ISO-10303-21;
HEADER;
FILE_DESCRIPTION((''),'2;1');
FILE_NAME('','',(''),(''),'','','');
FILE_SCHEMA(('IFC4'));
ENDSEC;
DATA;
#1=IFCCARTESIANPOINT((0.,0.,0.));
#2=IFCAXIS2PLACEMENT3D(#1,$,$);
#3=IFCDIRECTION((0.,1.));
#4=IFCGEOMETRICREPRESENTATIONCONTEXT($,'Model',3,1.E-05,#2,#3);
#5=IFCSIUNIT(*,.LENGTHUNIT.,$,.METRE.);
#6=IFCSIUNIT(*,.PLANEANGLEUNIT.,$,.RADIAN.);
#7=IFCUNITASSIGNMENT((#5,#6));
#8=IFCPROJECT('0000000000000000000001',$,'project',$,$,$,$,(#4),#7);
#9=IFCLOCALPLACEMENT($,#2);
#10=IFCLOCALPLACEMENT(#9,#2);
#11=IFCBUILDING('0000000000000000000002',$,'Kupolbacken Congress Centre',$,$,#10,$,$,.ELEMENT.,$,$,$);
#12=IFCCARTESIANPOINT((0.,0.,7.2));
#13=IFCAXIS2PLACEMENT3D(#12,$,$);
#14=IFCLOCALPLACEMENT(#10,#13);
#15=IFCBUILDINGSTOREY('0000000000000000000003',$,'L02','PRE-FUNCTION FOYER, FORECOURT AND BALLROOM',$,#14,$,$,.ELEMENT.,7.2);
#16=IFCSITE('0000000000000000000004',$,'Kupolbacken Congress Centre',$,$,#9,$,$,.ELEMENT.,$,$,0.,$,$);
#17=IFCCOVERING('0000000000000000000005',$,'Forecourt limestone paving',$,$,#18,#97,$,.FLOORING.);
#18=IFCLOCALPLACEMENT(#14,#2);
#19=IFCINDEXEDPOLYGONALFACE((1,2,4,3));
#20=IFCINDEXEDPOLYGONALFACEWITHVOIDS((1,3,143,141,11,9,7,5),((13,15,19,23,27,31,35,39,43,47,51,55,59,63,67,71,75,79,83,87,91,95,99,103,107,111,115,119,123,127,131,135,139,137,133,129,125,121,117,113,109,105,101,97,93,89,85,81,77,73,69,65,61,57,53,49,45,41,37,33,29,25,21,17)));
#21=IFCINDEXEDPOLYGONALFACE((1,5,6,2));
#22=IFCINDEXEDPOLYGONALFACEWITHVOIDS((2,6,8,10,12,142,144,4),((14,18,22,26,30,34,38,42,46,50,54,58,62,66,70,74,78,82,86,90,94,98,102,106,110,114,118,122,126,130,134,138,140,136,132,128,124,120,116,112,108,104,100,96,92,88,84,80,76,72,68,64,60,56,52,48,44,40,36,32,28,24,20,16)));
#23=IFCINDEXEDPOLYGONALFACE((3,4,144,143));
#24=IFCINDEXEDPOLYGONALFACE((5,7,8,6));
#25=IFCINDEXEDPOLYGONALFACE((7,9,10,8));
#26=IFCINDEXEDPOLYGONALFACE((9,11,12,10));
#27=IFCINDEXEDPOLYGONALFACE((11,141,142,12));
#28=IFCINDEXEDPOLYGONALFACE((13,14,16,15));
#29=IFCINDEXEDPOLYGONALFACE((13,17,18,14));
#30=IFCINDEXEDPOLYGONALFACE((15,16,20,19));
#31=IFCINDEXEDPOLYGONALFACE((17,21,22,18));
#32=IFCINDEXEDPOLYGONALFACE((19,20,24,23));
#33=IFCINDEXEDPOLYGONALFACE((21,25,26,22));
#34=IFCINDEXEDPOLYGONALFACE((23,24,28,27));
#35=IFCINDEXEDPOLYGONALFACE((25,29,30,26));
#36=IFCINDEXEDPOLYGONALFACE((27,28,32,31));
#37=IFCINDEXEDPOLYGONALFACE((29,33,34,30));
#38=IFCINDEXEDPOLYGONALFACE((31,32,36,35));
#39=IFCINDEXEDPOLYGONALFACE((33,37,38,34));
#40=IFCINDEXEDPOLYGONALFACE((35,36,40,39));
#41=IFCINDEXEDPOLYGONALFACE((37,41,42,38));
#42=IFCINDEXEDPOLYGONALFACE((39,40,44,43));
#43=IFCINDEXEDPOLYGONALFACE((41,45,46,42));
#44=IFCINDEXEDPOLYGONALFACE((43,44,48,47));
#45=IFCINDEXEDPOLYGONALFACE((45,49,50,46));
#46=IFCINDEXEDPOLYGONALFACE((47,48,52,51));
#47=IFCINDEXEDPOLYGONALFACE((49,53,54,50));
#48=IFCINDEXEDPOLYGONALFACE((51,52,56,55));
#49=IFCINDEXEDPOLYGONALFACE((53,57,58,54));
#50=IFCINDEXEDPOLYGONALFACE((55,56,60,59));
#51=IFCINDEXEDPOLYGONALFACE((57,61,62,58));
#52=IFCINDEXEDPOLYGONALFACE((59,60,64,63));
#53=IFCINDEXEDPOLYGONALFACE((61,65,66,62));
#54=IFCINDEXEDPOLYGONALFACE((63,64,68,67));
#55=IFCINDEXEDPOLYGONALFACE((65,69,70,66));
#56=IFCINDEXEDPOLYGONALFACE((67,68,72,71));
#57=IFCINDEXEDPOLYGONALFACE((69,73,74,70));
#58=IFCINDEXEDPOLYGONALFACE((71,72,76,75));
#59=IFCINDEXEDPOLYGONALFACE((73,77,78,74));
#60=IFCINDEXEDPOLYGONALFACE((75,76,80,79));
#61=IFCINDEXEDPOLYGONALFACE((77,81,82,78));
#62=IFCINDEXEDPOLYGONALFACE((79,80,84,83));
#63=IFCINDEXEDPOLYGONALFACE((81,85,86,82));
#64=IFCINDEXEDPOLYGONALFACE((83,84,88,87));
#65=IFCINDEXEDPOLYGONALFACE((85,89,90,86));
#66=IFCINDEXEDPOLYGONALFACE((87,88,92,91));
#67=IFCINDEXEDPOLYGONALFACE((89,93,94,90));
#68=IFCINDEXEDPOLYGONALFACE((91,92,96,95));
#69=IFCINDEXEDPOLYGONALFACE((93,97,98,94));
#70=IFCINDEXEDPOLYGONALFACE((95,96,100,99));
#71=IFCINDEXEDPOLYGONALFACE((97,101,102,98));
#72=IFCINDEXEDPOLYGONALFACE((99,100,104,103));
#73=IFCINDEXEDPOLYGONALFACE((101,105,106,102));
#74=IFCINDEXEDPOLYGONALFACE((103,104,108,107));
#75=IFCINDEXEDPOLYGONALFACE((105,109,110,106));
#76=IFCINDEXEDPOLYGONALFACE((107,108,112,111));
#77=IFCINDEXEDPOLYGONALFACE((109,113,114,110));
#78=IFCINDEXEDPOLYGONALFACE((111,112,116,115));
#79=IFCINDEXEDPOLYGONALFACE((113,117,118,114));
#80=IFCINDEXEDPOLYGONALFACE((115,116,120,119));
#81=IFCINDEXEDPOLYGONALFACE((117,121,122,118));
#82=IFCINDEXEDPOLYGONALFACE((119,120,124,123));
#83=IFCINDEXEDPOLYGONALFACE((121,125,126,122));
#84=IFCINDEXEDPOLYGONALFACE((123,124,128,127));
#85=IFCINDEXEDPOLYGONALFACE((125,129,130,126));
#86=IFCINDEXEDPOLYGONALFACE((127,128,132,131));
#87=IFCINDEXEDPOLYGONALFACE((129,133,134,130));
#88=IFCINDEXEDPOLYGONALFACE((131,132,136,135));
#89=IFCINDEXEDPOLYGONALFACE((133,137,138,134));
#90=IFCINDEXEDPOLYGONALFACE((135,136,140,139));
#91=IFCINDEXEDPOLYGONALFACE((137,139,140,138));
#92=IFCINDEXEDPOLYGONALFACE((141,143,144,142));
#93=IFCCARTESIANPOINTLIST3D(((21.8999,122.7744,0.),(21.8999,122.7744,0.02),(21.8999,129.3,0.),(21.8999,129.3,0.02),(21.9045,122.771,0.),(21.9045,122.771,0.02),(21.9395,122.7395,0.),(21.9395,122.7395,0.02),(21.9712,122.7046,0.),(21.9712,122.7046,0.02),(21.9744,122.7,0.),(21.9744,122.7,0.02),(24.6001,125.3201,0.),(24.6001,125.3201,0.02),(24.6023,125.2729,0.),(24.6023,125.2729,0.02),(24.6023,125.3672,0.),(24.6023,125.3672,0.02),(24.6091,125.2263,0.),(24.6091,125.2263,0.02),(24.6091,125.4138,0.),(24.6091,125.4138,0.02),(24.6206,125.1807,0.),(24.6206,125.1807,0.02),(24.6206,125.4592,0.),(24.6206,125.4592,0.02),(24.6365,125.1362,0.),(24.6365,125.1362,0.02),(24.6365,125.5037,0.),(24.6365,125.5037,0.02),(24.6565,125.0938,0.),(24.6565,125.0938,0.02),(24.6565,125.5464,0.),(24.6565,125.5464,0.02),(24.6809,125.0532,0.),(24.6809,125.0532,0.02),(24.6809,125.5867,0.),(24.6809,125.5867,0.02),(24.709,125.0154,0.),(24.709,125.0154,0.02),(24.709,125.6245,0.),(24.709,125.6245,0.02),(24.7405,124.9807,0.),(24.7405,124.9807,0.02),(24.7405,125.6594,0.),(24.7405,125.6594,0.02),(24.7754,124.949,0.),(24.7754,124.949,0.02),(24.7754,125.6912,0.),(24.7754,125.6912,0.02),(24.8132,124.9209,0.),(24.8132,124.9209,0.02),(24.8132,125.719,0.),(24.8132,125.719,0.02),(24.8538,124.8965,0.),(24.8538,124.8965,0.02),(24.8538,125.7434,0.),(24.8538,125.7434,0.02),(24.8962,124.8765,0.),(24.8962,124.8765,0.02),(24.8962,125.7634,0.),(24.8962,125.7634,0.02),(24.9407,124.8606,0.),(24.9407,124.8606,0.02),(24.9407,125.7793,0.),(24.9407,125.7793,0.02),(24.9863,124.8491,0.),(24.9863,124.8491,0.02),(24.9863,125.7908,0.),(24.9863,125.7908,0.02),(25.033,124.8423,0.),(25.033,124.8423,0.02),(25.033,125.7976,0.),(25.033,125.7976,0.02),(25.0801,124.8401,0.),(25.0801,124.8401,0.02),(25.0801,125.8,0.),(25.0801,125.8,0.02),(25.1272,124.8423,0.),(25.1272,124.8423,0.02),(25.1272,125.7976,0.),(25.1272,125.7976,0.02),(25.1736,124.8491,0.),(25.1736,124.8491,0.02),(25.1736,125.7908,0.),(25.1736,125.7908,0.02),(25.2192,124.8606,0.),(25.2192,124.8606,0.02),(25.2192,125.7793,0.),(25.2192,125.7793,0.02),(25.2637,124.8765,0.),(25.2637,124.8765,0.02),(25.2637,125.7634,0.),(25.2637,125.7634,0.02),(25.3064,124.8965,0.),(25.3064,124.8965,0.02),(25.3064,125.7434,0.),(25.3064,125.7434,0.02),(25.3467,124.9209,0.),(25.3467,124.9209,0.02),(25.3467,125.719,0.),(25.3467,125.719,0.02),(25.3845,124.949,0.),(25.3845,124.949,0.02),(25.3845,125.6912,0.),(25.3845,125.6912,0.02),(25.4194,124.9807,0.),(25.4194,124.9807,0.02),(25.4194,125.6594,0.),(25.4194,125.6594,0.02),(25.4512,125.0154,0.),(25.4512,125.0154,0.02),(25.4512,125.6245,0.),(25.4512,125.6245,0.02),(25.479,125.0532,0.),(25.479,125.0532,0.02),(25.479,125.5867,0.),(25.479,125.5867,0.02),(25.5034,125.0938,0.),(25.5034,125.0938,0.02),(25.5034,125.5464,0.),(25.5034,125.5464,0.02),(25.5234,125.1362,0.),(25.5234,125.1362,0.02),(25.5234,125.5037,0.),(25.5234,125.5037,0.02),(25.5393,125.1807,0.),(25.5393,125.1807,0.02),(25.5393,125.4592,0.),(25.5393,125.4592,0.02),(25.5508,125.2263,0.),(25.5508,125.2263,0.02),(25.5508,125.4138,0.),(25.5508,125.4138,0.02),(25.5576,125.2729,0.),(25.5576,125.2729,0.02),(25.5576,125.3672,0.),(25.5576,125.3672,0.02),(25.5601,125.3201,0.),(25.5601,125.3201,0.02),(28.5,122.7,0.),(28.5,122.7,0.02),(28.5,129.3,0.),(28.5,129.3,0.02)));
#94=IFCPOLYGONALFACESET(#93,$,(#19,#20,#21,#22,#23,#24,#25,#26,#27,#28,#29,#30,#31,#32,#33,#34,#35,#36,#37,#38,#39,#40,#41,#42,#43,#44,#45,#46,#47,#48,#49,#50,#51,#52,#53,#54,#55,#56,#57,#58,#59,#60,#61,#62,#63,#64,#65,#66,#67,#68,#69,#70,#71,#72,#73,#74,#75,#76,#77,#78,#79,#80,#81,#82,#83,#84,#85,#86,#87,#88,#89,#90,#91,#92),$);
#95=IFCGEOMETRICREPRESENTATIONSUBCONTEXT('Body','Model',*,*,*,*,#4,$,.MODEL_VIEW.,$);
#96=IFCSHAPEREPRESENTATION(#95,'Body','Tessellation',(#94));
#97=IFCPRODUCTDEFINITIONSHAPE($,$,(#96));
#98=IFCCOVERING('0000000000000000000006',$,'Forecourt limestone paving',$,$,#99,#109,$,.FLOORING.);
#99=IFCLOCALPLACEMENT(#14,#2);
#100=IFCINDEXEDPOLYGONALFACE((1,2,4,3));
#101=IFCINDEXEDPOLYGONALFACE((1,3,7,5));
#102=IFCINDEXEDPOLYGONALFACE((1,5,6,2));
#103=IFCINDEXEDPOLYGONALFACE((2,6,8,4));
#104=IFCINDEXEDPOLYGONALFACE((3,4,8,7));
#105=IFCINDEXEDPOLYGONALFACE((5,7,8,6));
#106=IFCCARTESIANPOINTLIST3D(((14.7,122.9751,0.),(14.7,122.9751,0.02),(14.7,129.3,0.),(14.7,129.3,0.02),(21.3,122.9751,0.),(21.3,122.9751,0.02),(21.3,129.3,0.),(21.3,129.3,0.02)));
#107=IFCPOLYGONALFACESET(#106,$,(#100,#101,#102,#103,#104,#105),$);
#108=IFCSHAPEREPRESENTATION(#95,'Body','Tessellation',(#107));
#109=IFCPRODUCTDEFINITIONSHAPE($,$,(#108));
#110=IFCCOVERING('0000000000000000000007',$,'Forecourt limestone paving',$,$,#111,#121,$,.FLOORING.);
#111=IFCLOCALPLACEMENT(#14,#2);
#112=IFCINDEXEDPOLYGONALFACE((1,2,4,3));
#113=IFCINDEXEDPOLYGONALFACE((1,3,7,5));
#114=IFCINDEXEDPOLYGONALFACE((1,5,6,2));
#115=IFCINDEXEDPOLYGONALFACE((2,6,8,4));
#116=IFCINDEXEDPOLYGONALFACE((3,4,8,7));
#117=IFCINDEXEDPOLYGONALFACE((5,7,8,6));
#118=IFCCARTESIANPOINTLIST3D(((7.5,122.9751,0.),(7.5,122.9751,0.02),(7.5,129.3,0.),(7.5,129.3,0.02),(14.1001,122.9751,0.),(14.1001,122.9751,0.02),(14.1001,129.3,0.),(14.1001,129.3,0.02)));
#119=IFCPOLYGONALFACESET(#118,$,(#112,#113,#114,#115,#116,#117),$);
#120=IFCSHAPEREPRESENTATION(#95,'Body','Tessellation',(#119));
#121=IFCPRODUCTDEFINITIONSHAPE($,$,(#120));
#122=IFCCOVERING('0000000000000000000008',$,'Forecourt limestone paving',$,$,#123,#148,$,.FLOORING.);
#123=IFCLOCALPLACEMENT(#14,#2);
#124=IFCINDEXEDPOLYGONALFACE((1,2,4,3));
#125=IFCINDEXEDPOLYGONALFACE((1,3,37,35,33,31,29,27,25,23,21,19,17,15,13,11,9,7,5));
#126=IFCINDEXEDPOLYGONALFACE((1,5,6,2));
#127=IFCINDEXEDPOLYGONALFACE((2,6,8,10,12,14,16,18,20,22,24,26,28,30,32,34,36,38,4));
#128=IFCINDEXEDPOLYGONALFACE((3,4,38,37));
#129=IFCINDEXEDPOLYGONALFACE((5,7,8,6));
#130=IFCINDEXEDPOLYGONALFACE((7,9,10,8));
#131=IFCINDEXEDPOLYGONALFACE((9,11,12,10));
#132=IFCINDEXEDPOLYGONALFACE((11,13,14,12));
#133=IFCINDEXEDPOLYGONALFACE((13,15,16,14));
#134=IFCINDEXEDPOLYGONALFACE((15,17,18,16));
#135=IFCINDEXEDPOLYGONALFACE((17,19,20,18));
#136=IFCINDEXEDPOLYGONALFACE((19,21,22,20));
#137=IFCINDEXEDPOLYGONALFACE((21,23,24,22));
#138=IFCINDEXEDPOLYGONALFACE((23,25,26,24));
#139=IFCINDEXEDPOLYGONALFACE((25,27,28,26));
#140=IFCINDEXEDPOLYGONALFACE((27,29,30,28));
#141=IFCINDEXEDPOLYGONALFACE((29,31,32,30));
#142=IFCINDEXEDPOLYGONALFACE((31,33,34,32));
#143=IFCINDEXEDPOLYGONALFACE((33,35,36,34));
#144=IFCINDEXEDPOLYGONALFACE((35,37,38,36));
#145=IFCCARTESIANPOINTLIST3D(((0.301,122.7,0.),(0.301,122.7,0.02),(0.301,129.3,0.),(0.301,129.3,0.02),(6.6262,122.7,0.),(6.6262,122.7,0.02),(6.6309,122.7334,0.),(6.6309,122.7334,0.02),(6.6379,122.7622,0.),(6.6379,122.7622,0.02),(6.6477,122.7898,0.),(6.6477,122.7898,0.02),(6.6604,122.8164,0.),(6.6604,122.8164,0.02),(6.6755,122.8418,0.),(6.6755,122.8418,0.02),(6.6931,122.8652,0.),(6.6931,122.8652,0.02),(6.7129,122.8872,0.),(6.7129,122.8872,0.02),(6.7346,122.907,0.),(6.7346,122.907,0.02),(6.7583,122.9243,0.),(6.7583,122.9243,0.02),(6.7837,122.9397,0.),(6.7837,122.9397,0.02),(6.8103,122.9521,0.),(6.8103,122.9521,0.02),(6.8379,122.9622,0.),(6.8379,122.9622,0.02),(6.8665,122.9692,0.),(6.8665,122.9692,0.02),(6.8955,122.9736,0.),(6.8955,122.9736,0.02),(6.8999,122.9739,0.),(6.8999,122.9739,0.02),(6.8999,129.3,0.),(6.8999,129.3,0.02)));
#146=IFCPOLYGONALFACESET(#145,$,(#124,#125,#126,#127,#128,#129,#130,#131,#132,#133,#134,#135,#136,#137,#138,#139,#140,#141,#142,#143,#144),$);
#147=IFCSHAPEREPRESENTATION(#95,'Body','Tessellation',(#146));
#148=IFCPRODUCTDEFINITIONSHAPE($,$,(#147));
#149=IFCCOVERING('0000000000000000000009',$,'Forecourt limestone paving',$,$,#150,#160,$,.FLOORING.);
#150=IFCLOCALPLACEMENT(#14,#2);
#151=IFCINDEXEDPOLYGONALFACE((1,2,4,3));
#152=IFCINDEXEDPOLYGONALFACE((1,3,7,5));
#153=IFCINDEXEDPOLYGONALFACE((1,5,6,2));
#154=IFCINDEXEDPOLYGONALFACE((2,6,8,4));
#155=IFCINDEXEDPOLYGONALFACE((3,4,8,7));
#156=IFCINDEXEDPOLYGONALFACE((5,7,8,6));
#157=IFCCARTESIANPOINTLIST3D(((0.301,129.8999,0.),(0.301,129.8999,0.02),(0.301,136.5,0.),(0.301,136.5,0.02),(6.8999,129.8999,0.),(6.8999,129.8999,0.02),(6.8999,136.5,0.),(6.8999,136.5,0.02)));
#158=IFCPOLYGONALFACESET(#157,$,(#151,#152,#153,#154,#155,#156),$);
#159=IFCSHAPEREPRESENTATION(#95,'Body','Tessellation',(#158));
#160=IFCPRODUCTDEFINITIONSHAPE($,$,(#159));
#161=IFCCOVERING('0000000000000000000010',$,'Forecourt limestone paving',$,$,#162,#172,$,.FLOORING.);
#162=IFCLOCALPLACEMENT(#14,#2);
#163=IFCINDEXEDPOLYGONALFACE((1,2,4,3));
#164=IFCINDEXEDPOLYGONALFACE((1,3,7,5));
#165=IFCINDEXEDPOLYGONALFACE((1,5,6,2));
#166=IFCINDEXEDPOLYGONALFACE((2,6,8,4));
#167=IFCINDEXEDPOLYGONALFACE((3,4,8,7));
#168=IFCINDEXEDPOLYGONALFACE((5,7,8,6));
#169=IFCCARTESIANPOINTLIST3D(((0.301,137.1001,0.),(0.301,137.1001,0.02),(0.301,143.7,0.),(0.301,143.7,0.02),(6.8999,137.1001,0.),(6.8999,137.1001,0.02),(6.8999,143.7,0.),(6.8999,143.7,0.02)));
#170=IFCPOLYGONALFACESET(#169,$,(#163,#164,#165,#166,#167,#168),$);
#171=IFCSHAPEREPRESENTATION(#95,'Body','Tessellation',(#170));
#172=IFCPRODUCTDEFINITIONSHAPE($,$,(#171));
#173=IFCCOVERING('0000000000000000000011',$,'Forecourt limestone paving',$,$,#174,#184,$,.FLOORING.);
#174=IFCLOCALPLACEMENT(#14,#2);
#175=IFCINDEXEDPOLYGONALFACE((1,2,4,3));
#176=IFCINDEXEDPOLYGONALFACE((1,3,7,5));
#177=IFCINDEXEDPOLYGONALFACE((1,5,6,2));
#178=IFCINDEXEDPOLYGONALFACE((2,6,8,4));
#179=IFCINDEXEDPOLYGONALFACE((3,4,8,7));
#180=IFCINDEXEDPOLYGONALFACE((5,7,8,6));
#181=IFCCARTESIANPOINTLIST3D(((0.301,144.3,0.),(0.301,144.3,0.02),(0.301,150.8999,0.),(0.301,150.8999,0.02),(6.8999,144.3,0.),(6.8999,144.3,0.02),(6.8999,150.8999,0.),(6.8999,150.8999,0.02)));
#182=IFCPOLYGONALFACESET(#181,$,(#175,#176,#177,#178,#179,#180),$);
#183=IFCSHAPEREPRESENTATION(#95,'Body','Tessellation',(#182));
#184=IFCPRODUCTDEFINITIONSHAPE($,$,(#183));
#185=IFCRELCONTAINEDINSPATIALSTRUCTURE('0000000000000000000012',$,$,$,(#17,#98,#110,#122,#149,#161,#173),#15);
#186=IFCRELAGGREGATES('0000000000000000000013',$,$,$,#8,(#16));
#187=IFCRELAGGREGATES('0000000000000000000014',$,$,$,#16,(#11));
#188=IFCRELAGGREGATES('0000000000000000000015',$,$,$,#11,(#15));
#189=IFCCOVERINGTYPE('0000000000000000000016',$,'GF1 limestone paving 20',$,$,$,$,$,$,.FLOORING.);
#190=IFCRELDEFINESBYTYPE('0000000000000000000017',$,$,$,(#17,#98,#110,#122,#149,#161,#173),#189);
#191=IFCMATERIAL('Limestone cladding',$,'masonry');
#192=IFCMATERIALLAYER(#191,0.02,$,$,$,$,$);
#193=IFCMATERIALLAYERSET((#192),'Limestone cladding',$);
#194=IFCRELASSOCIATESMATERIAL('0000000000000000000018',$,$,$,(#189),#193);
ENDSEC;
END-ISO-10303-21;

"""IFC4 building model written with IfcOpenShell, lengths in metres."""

from ifc_helpers import new_model, si_unit, direction, frame, origin, place, context, subcontext, project, spatial, polyline, outline, extrude, material, layer, layer_set, type_object, element, save


model = new_model("IFC4")

# Units and contexts
model_context = context("Model", 3, precision=1e-05, world=origin(), true_north=direction((0.0, 1.0)))
body_context = subcontext(model_context, "Body", "Model", "MODEL_VIEW")
ifc_project = project(units=[si_unit("LENGTHUNIT", "METRE"), si_unit("PLANEANGLEUNIT", "RADIAN")], contexts=[model_context])

# Site, building, storey
site_placement = place(None, origin())
site = spatial("IfcSite", under=ifc_project, at=site_placement, Name="Kupolbacken Congress Centre", CompositionType="ELEMENT", RefElevation=0.0)
building_placement = place(site_placement, origin())
building = spatial("IfcBuilding", under=site, at=building_placement, Name="Kupolbacken Congress Centre", CompositionType="ELEMENT")
storey_placement = place(building_placement, frame((0.0, 0.0, 7.2)))
storey = spatial("IfcBuildingStorey", under=building, at=storey_placement, Name="L02", Description="PRE-FUNCTION FOYER, FORECOURT AND BALLROOM", CompositionType="ELEMENT", Elevation=7.2)

# Coverings
ifc_material = material(Name="Limestone cladding", Category="masonry")
ifc_layer = layer(ifc_material, 0.02)
ifc_layer_set = layer_set([ifc_layer], Name="Limestone cladding")
covering_type = type_object("IfcCoveringType", Name="GF1 limestone paving 20", PredefinedType="FLOORING", material=ifc_layer_set)
covering_1_placement = place(storey_placement, origin())
element("IfcCovering", 1, at=covering_1_placement, inside=storey, type_object=covering_type, Name="Forecourt limestone paving", PredefinedType="FLOORING", context=body_context, shape_type="SweptSolid", body=[
    extrude(outline(polyline([(21.9712, 122.7046), (21.9395, 122.7395), (21.9045, 122.771), (21.8667, 122.7991), (21.8999, 122.7744), (21.8999, 129.3), (28.5, 129.3), (28.5, 122.7), (21.9744, 122.7), (21.9712, 122.7046)]), holes=[polyline([(25.5508, 125.2263), (25.5576, 125.2729), (25.5601, 125.3201), (25.5576, 125.3672), (25.5508, 125.4138), (25.5393, 125.4592), (25.5234, 125.5037), (25.5034, 125.5464), (25.479, 125.5867), (25.4512, 125.6245), (25.4194, 125.6594), (25.3845, 125.6912), (25.3467, 125.719), (25.3064, 125.7434), (25.2637, 125.7634), (25.2192, 125.7793), (25.1736, 125.7908), (25.1272, 125.7976), (25.0801, 125.8), (25.033, 125.7976), (24.9863, 125.7908), (24.9407, 125.7793), (24.8962, 125.7634), (24.8538, 125.7434), (24.8132, 125.719), (24.7754, 125.6912), (24.7405, 125.6594), (24.709, 125.6245), (24.6809, 125.5867), (24.6565, 125.5464), (24.6365, 125.5037), (24.6206, 125.4592), (24.6091, 125.4138), (24.6023, 125.3672), (24.6001, 125.3201), (24.6023, 125.2729), (24.6091, 125.2263), (24.6206, 125.1807), (24.6365, 125.1362), (24.6565, 125.0938), (24.6809, 125.0532), (24.709, 125.0154), (24.7405, 124.9807), (24.7754, 124.949), (24.8132, 124.9209), (24.8538, 124.8965), (24.8962, 124.8765), (24.9407, 124.8606), (24.9863, 124.8491), (25.033, 124.8423), (25.0801, 124.8401), (25.1272, 124.8423), (25.1736, 124.8491), (25.2192, 124.8606), (25.2637, 124.8765), (25.3064, 124.8965), (25.3467, 124.9209), (25.3845, 124.949), (25.4194, 124.9807), (25.4512, 125.0154), (25.479, 125.0532), (25.5034, 125.0938), (25.5234, 125.1362), (25.5393, 125.1807), (25.5508, 125.2263)])]), origin(), (0.0, 0.0, 1.0), 0.02),
])
covering_2_placement = place(storey_placement, origin())
element("IfcCovering", 2, at=covering_2_placement, inside=storey, type_object=covering_type, Name="Forecourt limestone paving", PredefinedType="FLOORING", context=body_context, shape_type="SweptSolid", body=[
    extrude(outline(polyline([(14.7, 122.9751), (14.7, 129.3), (21.3, 129.3), (21.3, 122.9751), (14.7, 122.9751)])), origin(), (0.0, 0.0, 1.0), 0.02),
])
covering_3_placement = place(storey_placement, origin())
element("IfcCovering", 3, at=covering_3_placement, inside=storey, type_object=covering_type, Name="Forecourt limestone paving", PredefinedType="FLOORING", context=body_context, shape_type="SweptSolid", body=[
    extrude(outline(polyline([(7.5, 122.9751), (7.5, 129.3), (14.1001, 129.3), (14.1001, 122.9751), (7.5, 122.9751)])), origin(), (0.0, 0.0, 1.0), 0.02),
])
covering_4_placement = place(storey_placement, origin())
element("IfcCovering", 4, at=covering_4_placement, inside=storey, type_object=covering_type, Name="Forecourt limestone paving", PredefinedType="FLOORING", context=body_context, shape_type="SweptSolid", body=[
    extrude(outline(polyline([(6.8955, 122.9736), (6.8665, 122.9692), (6.8379, 122.9622), (6.8103, 122.9521), (6.7837, 122.9397), (6.7583, 122.9243), (6.7346, 122.907), (6.7129, 122.8872), (6.6931, 122.8652), (6.6755, 122.8418), (6.6604, 122.8164), (6.6477, 122.7898), (6.6379, 122.7622), (6.6309, 122.7334), (6.6262, 122.7), (0.301, 122.7), (0.301, 129.3), (6.8999, 129.3), (6.8999, 122.9739), (6.925, 122.9751), (6.8955, 122.9736)])), origin(), (0.0, 0.0, 1.0), 0.02),
])
covering_5_placement = place(storey_placement, origin())
element("IfcCovering", 5, at=covering_5_placement, inside=storey, type_object=covering_type, Name="Forecourt limestone paving", PredefinedType="FLOORING", context=body_context, shape_type="SweptSolid", body=[
    extrude(outline(polyline([(0.301, 136.5), (6.8999, 136.5), (6.8999, 129.8999), (0.301, 129.8999), (0.301, 136.5)])), origin(), (0.0, 0.0, 1.0), 0.02),
])
covering_6_placement = place(storey_placement, origin())
element("IfcCovering", 6, at=covering_6_placement, inside=storey, type_object=covering_type, Name="Forecourt limestone paving", PredefinedType="FLOORING", context=body_context, shape_type="SweptSolid", body=[
    extrude(outline(polyline([(0.301, 143.7), (6.8999, 143.7), (6.8999, 137.1001), (0.301, 137.1001), (0.301, 143.7)])), origin(), (0.0, 0.0, 1.0), 0.02),
])
covering_7_placement = place(storey_placement, origin())
element("IfcCovering", 7, at=covering_7_placement, inside=storey, type_object=covering_type, Name="Forecourt limestone paving", PredefinedType="FLOORING", context=body_context, shape_type="SweptSolid", body=[
    extrude(outline(polyline([(0.301, 150.8999), (6.8999, 150.8999), (6.8999, 144.3), (0.301, 144.3), (0.301, 150.8999)])), origin(), (0.0, 0.0, 1.0), 0.02),
])

save(model, "model.ifc")
